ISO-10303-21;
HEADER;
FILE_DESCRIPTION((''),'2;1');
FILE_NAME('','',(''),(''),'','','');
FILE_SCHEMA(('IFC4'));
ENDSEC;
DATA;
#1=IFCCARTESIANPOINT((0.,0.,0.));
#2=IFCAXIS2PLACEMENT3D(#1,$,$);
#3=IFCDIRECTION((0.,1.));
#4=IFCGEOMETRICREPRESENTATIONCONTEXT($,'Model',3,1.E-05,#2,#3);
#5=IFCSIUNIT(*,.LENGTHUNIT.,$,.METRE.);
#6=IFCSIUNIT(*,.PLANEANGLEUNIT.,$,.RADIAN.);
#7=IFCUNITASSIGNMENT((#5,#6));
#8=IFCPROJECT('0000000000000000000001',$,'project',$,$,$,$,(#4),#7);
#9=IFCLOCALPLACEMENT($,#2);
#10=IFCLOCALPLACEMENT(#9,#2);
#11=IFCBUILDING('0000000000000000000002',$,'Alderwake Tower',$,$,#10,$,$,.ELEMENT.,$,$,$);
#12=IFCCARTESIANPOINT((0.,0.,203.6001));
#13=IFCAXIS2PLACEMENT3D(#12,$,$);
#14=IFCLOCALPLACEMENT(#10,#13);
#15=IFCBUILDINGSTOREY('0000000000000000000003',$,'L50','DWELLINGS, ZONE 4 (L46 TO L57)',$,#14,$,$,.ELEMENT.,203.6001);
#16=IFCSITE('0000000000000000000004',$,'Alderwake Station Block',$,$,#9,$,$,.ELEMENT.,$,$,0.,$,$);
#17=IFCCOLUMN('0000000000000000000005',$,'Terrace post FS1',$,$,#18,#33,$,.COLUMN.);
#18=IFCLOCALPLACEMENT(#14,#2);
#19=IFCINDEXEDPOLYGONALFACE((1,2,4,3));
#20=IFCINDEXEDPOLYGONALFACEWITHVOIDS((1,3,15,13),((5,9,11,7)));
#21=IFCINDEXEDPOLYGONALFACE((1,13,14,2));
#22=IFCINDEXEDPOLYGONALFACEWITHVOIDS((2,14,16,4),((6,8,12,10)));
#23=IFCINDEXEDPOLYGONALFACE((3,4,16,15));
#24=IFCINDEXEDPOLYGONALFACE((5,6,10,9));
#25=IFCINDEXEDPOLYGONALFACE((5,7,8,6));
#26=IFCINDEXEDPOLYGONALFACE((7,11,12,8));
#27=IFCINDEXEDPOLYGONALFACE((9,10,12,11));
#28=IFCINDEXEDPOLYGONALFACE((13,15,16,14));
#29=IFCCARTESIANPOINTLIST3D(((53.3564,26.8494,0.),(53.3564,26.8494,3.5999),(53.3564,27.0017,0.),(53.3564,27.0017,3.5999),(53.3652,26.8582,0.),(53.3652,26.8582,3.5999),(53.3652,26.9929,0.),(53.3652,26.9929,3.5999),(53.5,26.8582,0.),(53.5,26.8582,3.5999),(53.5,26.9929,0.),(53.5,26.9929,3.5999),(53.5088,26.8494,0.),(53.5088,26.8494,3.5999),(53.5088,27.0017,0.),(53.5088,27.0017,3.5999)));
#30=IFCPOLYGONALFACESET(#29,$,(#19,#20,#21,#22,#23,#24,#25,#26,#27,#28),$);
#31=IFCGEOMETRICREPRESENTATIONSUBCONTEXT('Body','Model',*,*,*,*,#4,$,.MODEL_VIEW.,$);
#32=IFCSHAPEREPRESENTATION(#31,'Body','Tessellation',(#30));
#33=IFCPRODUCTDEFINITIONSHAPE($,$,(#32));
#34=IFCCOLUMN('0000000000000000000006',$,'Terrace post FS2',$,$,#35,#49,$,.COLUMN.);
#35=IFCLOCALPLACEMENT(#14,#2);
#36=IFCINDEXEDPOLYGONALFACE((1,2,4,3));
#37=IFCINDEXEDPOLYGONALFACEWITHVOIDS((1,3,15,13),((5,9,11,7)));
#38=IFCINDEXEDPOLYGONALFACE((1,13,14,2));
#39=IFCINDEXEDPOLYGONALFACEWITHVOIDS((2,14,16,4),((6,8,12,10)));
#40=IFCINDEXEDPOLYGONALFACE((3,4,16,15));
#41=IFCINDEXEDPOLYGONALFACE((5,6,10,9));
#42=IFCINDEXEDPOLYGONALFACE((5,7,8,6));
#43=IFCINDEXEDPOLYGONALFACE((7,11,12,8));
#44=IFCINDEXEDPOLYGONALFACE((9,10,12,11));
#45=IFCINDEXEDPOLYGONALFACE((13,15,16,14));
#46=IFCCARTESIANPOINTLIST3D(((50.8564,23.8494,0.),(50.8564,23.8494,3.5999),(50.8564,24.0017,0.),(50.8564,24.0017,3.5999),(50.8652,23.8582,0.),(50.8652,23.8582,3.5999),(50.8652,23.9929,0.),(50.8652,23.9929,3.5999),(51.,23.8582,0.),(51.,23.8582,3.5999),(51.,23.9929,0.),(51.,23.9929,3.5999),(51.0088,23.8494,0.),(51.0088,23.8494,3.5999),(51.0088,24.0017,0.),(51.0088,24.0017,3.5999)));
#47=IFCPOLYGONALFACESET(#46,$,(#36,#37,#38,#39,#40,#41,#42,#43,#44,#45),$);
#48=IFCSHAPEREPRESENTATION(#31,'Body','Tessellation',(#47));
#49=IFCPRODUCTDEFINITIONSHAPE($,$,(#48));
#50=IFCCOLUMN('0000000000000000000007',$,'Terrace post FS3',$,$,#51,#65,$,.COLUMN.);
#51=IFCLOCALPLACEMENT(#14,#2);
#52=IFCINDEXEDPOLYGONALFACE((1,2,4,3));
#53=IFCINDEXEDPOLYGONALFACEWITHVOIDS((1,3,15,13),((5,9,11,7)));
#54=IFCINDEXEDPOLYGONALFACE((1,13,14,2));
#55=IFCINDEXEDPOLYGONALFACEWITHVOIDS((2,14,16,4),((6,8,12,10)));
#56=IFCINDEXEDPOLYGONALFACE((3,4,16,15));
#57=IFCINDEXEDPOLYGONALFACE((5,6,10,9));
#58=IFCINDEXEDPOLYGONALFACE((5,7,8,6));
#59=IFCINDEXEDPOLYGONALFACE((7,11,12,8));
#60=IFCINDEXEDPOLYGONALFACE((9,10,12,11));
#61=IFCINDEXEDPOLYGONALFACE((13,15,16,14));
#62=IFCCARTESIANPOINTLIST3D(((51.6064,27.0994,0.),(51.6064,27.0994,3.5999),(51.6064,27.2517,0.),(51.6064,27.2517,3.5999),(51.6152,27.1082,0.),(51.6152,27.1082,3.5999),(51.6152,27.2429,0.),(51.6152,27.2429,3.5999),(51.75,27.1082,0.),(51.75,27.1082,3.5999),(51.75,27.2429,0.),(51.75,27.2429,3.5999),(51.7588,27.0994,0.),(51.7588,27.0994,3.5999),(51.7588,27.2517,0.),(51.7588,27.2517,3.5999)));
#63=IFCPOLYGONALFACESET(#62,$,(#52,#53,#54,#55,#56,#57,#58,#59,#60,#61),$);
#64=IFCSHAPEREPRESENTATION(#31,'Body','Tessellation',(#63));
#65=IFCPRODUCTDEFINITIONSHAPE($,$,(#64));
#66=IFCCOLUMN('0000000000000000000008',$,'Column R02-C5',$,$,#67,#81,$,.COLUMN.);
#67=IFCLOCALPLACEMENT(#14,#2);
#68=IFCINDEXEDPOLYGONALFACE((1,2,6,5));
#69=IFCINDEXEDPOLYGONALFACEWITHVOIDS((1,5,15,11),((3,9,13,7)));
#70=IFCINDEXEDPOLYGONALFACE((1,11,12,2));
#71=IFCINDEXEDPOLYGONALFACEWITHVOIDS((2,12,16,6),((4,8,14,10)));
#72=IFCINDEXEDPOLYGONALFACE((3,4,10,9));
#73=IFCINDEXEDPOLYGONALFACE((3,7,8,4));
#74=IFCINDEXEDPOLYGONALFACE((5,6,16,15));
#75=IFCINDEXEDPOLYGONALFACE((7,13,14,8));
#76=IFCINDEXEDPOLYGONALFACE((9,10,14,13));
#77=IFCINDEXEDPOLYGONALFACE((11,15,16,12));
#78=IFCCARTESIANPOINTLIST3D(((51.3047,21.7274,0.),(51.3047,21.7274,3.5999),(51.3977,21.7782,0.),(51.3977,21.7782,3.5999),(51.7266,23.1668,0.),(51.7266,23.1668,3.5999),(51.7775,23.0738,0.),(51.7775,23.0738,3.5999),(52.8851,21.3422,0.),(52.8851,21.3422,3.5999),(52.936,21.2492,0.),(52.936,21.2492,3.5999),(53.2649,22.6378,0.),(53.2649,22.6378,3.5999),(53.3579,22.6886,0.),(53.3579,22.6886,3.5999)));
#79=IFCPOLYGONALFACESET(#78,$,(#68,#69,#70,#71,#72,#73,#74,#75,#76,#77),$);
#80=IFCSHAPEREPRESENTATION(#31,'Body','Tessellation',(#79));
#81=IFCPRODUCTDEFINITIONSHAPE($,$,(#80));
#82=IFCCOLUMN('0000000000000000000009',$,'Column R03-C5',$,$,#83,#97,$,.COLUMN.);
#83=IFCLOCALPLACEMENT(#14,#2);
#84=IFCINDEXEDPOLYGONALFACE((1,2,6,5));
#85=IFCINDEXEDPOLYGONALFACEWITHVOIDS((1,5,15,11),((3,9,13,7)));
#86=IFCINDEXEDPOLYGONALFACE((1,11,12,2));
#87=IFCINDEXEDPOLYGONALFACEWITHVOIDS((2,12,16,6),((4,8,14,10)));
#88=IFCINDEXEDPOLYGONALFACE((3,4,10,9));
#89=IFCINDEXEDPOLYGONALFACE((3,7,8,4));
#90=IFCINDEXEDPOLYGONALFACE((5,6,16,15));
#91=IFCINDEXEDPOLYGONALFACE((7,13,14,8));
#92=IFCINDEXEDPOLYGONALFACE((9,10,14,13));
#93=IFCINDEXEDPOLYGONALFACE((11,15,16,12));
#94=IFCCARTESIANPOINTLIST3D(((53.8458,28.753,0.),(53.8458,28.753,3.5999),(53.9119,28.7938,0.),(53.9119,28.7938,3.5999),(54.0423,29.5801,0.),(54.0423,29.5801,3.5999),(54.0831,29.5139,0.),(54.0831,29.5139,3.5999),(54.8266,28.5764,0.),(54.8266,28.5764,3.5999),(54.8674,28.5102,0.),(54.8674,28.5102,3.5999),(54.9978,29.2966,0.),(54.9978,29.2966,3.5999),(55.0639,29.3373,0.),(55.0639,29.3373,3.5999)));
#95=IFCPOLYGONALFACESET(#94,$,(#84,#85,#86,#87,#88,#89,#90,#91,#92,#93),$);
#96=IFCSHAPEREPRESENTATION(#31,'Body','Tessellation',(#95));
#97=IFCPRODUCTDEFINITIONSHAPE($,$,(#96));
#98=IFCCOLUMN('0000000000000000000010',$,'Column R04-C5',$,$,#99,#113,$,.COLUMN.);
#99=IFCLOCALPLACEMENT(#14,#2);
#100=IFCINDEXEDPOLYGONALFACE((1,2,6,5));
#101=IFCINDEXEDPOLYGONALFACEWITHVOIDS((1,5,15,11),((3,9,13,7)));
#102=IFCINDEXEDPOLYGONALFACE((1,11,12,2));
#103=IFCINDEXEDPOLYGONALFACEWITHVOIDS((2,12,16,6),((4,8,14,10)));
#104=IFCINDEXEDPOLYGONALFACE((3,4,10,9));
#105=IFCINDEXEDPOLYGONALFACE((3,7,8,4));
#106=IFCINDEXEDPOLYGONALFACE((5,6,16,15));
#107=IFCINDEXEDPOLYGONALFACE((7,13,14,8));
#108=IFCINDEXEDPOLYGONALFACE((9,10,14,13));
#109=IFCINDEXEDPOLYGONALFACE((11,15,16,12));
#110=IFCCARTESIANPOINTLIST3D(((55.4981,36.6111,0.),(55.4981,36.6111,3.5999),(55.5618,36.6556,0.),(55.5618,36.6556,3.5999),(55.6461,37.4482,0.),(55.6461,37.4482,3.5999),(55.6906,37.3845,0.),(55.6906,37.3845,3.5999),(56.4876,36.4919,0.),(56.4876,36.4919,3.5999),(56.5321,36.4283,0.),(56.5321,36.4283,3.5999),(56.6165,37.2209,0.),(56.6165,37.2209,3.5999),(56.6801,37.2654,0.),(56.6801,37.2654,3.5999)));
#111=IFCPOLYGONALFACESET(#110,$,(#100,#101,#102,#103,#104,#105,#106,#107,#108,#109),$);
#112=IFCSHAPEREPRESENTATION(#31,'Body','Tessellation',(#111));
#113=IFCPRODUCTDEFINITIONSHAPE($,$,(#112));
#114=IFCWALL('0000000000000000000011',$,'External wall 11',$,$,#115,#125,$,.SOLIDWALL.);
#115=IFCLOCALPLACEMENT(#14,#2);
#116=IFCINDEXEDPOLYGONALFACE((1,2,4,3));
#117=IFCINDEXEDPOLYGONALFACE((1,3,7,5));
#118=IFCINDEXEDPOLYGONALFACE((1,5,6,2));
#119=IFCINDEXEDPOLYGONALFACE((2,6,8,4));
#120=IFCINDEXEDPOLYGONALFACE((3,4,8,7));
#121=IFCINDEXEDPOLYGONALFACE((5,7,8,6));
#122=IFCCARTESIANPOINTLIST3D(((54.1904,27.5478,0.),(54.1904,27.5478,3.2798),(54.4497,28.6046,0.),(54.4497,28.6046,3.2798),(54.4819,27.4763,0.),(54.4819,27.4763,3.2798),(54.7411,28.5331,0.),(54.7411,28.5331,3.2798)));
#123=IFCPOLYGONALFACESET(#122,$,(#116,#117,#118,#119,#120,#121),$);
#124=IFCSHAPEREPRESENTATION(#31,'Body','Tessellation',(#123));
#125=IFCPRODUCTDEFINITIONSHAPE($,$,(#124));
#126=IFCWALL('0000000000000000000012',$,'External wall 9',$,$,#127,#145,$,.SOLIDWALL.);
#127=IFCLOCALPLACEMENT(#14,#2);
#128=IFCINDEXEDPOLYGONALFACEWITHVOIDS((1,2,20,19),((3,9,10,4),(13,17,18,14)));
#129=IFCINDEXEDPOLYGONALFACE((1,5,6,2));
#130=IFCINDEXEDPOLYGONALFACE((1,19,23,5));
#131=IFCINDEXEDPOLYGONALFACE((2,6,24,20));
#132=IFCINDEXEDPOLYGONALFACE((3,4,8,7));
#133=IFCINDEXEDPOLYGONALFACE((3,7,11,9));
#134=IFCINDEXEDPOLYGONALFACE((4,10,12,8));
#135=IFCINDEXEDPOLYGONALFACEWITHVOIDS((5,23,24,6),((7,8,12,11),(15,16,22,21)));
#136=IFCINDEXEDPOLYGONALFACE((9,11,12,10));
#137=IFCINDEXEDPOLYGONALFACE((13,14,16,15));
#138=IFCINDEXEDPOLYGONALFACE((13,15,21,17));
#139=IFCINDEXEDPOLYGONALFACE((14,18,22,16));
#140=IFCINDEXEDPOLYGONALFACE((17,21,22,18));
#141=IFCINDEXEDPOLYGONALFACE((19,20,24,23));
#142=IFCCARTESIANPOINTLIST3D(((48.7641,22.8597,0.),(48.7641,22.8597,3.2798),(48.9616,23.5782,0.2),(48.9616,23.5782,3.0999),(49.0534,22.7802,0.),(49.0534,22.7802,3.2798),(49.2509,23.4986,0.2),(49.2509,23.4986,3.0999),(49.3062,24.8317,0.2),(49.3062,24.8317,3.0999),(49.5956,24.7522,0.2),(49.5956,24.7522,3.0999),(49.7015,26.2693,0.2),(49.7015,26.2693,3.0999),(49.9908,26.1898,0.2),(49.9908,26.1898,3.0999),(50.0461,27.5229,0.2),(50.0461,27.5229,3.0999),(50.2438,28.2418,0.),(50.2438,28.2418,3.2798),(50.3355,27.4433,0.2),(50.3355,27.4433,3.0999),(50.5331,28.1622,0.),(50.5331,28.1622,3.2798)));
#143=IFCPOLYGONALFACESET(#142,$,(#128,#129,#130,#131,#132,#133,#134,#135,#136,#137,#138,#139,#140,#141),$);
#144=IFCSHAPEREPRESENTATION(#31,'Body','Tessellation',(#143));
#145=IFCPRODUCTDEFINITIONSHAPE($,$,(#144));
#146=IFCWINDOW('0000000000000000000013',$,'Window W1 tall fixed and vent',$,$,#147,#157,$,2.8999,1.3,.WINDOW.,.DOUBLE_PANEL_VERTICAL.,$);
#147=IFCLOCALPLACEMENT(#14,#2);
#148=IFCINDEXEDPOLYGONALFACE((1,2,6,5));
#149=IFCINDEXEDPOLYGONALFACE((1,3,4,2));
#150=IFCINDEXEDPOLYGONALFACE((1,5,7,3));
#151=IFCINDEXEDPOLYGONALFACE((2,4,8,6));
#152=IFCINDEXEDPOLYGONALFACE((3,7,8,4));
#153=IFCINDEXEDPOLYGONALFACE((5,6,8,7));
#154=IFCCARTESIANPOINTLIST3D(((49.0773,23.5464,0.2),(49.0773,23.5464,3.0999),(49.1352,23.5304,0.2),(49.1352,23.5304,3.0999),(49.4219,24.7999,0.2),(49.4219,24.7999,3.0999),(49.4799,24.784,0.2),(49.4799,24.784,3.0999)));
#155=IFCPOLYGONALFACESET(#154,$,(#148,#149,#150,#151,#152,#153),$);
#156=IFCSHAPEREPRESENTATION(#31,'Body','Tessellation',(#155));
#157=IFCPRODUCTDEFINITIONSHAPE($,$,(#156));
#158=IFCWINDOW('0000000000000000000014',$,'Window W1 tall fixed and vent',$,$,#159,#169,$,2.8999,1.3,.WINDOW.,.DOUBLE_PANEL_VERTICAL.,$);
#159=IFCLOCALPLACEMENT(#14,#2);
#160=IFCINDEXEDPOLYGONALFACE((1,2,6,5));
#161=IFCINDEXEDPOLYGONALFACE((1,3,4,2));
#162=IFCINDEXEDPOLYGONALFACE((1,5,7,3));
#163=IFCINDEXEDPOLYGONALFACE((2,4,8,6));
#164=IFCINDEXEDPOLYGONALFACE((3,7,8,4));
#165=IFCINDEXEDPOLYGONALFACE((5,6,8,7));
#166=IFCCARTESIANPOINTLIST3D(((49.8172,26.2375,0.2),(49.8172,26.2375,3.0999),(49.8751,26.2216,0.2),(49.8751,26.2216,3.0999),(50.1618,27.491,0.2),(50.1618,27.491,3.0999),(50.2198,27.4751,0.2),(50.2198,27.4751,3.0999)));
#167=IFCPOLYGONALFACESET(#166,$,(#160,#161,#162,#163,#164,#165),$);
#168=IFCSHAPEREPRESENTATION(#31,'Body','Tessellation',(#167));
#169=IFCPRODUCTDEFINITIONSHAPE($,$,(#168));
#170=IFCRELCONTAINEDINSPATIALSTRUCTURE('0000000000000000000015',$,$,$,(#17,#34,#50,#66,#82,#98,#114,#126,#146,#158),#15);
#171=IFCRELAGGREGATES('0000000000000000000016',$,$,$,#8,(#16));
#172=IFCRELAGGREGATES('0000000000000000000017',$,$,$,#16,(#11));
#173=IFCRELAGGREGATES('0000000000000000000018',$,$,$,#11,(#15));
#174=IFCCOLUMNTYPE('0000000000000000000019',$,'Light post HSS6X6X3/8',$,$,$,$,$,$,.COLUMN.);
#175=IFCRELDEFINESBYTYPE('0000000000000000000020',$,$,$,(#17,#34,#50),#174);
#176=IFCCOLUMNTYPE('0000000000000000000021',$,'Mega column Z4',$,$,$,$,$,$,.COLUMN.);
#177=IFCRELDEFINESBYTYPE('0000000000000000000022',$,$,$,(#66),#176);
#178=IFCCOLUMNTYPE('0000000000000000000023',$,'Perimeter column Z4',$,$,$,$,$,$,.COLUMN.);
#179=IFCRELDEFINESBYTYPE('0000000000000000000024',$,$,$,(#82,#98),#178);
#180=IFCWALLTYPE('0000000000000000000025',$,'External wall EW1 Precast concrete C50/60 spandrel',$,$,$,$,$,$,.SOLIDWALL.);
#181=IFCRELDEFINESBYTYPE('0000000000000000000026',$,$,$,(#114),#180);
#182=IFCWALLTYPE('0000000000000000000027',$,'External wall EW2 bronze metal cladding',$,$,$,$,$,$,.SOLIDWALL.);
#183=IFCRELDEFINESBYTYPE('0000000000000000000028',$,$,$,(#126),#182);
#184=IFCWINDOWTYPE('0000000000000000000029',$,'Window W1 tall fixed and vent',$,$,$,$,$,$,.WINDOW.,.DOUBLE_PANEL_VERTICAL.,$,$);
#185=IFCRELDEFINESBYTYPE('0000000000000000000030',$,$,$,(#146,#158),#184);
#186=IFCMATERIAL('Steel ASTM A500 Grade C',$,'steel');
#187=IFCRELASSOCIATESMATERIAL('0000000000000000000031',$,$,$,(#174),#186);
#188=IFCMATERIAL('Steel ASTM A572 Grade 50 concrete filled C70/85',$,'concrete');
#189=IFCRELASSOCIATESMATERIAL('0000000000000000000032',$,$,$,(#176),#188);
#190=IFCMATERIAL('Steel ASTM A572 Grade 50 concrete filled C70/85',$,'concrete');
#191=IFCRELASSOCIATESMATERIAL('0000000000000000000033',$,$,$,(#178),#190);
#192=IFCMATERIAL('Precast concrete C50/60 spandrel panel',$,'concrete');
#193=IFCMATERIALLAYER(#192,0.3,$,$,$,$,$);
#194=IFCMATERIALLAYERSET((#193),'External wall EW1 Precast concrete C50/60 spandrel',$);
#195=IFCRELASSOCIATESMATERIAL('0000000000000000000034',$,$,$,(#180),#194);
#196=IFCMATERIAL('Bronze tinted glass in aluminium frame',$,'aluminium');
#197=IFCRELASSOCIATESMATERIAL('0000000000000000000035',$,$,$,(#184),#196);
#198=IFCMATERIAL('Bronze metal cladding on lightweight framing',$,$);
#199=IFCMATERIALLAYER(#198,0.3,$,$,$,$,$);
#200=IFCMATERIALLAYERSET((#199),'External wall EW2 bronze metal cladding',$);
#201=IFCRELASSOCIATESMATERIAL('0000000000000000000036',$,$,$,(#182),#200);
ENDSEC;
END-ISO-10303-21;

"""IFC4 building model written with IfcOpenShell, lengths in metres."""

from ifc_helpers import new_model, si_unit, direction, frame, frame_2d, origin, origin_2d, place, context, subcontext, project, spatial, rectangle, hollow_rectangle, extrude, material, layer, layer_set, material_profile, profile_set, type_object, element, fill, save


model = new_model("IFC4")

# Units and contexts
model_context = context("Model", 3, precision=1e-05, world=origin(), true_north=direction((0.0, 1.0)))
body_context = subcontext(model_context, "Body", "Model", "MODEL_VIEW")
ifc_project = project(units=[si_unit("LENGTHUNIT", "METRE"), si_unit("PLANEANGLEUNIT", "RADIAN")], contexts=[model_context])

# Site, building, storey
site_placement = place(None, origin())
site = spatial("IfcSite", under=ifc_project, at=site_placement, Name="Alderwake Station Block", CompositionType="ELEMENT", RefElevation=0.0)
building_placement = place(site_placement, origin())
building = spatial("IfcBuilding", under=site, at=building_placement, Name="Alderwake Tower", CompositionType="ELEMENT")
storey_placement = place(building_placement, frame((0.0, 0.0, 203.6001)))
storey = spatial("IfcBuildingStorey", under=building, at=storey_placement, Name="L50", Description="DWELLINGS, ZONE 4 (L46 TO L57)", CompositionType="ELEMENT", Elevation=203.6001)

# Columns
ifc_material_1 = material(Name="Steel ASTM A500 Grade C", Category="steel")
ifc_material_profile_1 = material_profile(ifc_material_1, hollow_rectangle(XDim=0.1523, YDim=0.1523, WallThickness=0.0088, at=origin_2d()), Name="HSS6X6X3/8")
ifc_profile_set_1 = profile_set([ifc_material_profile_1], Name="Steel ASTM A500 Grade C")
column_type_1 = type_object("IfcColumnType", Name="Light post HSS6X6X3/8", PredefinedType="COLUMN", material=ifc_profile_set_1)
for number, where, z_axis, x_axis, name in (
    (1, (53.4326, 26.9255, 0.0), (0.0, 0.0, 1.0), (1.0, 0.0, 0.0), "Terrace post FS1"),
    (2, (50.9326, 23.9255, 0.0), (0.0, 0.0, 1.0), (1.0, 0.0, 0.0), "Terrace post FS2"),
    (3, (51.6826, 27.1755, 0.0), (0.0, 0.0, 1.0), (1.0, 0.0, 0.0), "Terrace post FS3"),
):
    element("IfcColumn", number, at=place(storey_placement, frame(where, z_axis=z_axis, x_axis=x_axis)), inside=storey, type_object=column_type_1, Name=name, PredefinedType="COLUMN", context=body_context, shape_type="SweptSolid", body=[
        extrude(hollow_rectangle(XDim=0.1523, YDim=0.1523, WallThickness=0.0088, at=origin_2d()), origin(), (0.0, 0.0, 1.0), 3.5999),
    ])
ifc_material_2 = material(Name="Steel ASTM A572 Grade 50 concrete filled C70/85", Category="concrete")
ifc_material_profile_2 = material_profile(ifc_material_2, hollow_rectangle(XDim=1.5, YDim=1.7, WallThickness=0.075, at=origin_2d()), Name="BOX 1700X1500X75")
ifc_profile_set_2 = profile_set([ifc_material_profile_2], Name="Steel ASTM A572 Grade 50 concrete filled C70/85")
column_type_2 = type_object("IfcColumnType", Name="Mega column Z4", PredefinedType="COLUMN", material=ifc_profile_set_2)
column_placement = place(storey_placement, frame((52.3313, 22.208, 0.0), z_axis=(0.0, 0.0, 1.0), x_axis=(0.281305, 0.959618, 0.0)))
element("IfcColumn", 4, at=column_placement, inside=storey, type_object=column_type_2, Name="Column R02-C5", PredefinedType="COLUMN", context=body_context, shape_type="SweptSolid", body=[
    extrude(hollow_rectangle(XDim=1.5, YDim=1.7, WallThickness=0.075, at=origin_2d()), origin(), (0.0, 0.0, 1.0), 3.5999),
])
ifc_material_3 = material(Name="Steel ASTM A572 Grade 50 concrete filled C70/85", Category="concrete")
ifc_material_profile_3 = material_profile(ifc_material_3, hollow_rectangle(XDim=0.8501, YDim=1.05, WallThickness=0.0549, at=origin_2d()), Name="BOX 1050X850X55")
ifc_profile_set_3 = profile_set([ifc_material_profile_3], Name="Steel ASTM A572 Grade 50 concrete filled C70/85")
column_type_3 = type_object("IfcColumnType", Name="Perimeter column Z4", PredefinedType="COLUMN", material=ifc_profile_set_3)
for number, where, z_axis, x_axis, name in (
    (5, (54.4548, 29.0452, 0.0), (0.0, 0.0, 1.0), (0.231222, 0.972901, 0.0), "Column R03-C5"),
    (6, (56.0891, 36.9382, 0.0), (0.0, 0.0, 1.0), (0.174107, 0.984727, 0.0), "Column R04-C5"),
):
    element("IfcColumn", number, at=place(storey_placement, frame(where, z_axis=z_axis, x_axis=x_axis)), inside=storey, type_object=column_type_3, Name=name, PredefinedType="COLUMN", context=body_context, shape_type="SweptSolid", body=[
        extrude(hollow_rectangle(XDim=0.8501, YDim=1.05, WallThickness=0.0549, at=origin_2d()), origin(), (0.0, 0.0, 1.0), 3.5999),
    ])

# Wall
ifc_material_4 = material(Name="Precast concrete C50/60 spandrel panel", Category="concrete")
ifc_layer_1 = layer(ifc_material_4, 0.3)
ifc_layer_set_1 = layer_set([ifc_layer_1], Name="External wall EW1 Precast concrete C50/60 spandrel")
wall_type_1 = type_object("IfcWallType", Name="External wall EW1 Precast concrete C50/60 spandrel", PredefinedType="SOLIDWALL", material=ifc_layer_set_1)
wall_1_placement = place(storey_placement, frame((54.3362, 27.5122, 0.0), z_axis=(0.0, 0.0, 1.0), x_axis=(0.238257, 0.971202, 0.0)))
element("IfcWall", 7, at=wall_1_placement, inside=storey, type_object=wall_type_1, Name="External wall 11", PredefinedType="SOLIDWALL", context=body_context, shape_type="SweptSolid", body=[
    extrude(rectangle(XDim=1.0881, YDim=0.3, at=frame_2d((0.5439, 0.0))), origin(), (0.0, 0.0, 1.0), 3.2798),
])

# Shared definitions
ifc_material_5 = material(Name="Bronze tinted glass in aluminium frame", Category="aluminium")
window_type = type_object("IfcWindowType", Name="Window W1 tall fixed and vent", PartitioningType="DOUBLE_PANEL_VERTICAL", PredefinedType="WINDOW", material=ifc_material_5)

# Wall, openings, windows
ifc_material_6 = material(Name="Bronze metal cladding on lightweight framing")
ifc_layer_2 = layer(ifc_material_6, 0.3)
ifc_layer_set_2 = layer_set([ifc_layer_2], Name="External wall EW2 bronze metal cladding")
wall_type_2 = type_object("IfcWallType", Name="External wall EW2 bronze metal cladding", PredefinedType="SOLIDWALL", material=ifc_layer_set_2)
wall_2_placement = place(storey_placement, frame((48.9087, 22.8198, 0.0), z_axis=(0.0, 0.0, 1.0), x_axis=(0.265101, 0.964221, 0.0)))
wall_2 = element("IfcWall", 8, at=wall_2_placement, inside=storey, type_object=wall_type_2, Name="External wall 9", PredefinedType="SOLIDWALL", context=body_context, shape_type="SweptSolid", body=[
    extrude(rectangle(XDim=5.5818, YDim=0.3, at=frame_2d((2.791, 0.0))), origin(), (0.0, 0.0, 1.0), 3.2798),
])
opening_1_placement = place(wall_2_placement, frame((0.7454, 0.0, 0.2)))
opening_1 = element("IfcOpeningElement", 9, at=opening_1_placement, cuts=wall_2, PredefinedType="OPENING", context=body_context, shape_type="SweptSolid", body=[
    extrude(rectangle(XDim=1.3, YDim=2.8999, at=frame_2d((0.6499, 1.45))), frame((0.0, 0.1599, 0.0), z_axis=(0.0, -1.0, 0.0), x_axis=(1.0, 0.0, 0.0)), (0.0, 0.0, 1.0), 0.3201),
])
opening_2_placement = place(wall_2_placement, frame((3.5364, 0.0, 0.2)))
opening_2 = element("IfcOpeningElement", 10, at=opening_2_placement, cuts=wall_2, PredefinedType="OPENING", context=body_context, shape_type="SweptSolid", body=[
    extrude(rectangle(XDim=1.3, YDim=2.8999, at=frame_2d((0.6499, 1.45))), frame((0.0, 0.1599, 0.0), z_axis=(0.0, -1.0, 0.0), x_axis=(1.0, 0.0, 0.0)), (0.0, 0.0, 1.0), 0.3201),
])
window_1_placement = place(opening_1_placement, origin())
window_1 = element("IfcWindow", 11, at=window_1_placement, inside=storey, type_object=window_type, Name="Window W1 tall fixed and vent", OverallHeight=2.8999, OverallWidth=1.3, PartitioningType="DOUBLE_PANEL_VERTICAL", PredefinedType="WINDOW", context=body_context, shape_type="SweptSolid", body=[
    extrude(rectangle(XDim=1.3, YDim=2.8999, at=frame_2d((0.6499, 1.45))), frame((0.0, 0.03, 0.0), z_axis=(0.0, -1.0, 0.0), x_axis=(1.0, 0.0, 0.0)), (0.0, 0.0, 1.0), 0.0601),
])
fill(opening_1, window_1)
window_2_placement = place(opening_2_placement, origin())
window_2 = element("IfcWindow", 12, at=window_2_placement, inside=storey, type_object=window_type, Name="Window W1 tall fixed and vent", OverallHeight=2.8999, OverallWidth=1.3, PartitioningType="DOUBLE_PANEL_VERTICAL", PredefinedType="WINDOW", context=body_context, shape_type="SweptSolid", body=[
    extrude(rectangle(XDim=1.3, YDim=2.8999, at=frame_2d((0.6499, 1.45))), frame((0.0, 0.03, 0.0), z_axis=(0.0, -1.0, 0.0), x_axis=(1.0, 0.0, 0.0)), (0.0, 0.0, 1.0), 0.0601),
])
fill(opening_2, window_2)

save(model, "model.ifc")
